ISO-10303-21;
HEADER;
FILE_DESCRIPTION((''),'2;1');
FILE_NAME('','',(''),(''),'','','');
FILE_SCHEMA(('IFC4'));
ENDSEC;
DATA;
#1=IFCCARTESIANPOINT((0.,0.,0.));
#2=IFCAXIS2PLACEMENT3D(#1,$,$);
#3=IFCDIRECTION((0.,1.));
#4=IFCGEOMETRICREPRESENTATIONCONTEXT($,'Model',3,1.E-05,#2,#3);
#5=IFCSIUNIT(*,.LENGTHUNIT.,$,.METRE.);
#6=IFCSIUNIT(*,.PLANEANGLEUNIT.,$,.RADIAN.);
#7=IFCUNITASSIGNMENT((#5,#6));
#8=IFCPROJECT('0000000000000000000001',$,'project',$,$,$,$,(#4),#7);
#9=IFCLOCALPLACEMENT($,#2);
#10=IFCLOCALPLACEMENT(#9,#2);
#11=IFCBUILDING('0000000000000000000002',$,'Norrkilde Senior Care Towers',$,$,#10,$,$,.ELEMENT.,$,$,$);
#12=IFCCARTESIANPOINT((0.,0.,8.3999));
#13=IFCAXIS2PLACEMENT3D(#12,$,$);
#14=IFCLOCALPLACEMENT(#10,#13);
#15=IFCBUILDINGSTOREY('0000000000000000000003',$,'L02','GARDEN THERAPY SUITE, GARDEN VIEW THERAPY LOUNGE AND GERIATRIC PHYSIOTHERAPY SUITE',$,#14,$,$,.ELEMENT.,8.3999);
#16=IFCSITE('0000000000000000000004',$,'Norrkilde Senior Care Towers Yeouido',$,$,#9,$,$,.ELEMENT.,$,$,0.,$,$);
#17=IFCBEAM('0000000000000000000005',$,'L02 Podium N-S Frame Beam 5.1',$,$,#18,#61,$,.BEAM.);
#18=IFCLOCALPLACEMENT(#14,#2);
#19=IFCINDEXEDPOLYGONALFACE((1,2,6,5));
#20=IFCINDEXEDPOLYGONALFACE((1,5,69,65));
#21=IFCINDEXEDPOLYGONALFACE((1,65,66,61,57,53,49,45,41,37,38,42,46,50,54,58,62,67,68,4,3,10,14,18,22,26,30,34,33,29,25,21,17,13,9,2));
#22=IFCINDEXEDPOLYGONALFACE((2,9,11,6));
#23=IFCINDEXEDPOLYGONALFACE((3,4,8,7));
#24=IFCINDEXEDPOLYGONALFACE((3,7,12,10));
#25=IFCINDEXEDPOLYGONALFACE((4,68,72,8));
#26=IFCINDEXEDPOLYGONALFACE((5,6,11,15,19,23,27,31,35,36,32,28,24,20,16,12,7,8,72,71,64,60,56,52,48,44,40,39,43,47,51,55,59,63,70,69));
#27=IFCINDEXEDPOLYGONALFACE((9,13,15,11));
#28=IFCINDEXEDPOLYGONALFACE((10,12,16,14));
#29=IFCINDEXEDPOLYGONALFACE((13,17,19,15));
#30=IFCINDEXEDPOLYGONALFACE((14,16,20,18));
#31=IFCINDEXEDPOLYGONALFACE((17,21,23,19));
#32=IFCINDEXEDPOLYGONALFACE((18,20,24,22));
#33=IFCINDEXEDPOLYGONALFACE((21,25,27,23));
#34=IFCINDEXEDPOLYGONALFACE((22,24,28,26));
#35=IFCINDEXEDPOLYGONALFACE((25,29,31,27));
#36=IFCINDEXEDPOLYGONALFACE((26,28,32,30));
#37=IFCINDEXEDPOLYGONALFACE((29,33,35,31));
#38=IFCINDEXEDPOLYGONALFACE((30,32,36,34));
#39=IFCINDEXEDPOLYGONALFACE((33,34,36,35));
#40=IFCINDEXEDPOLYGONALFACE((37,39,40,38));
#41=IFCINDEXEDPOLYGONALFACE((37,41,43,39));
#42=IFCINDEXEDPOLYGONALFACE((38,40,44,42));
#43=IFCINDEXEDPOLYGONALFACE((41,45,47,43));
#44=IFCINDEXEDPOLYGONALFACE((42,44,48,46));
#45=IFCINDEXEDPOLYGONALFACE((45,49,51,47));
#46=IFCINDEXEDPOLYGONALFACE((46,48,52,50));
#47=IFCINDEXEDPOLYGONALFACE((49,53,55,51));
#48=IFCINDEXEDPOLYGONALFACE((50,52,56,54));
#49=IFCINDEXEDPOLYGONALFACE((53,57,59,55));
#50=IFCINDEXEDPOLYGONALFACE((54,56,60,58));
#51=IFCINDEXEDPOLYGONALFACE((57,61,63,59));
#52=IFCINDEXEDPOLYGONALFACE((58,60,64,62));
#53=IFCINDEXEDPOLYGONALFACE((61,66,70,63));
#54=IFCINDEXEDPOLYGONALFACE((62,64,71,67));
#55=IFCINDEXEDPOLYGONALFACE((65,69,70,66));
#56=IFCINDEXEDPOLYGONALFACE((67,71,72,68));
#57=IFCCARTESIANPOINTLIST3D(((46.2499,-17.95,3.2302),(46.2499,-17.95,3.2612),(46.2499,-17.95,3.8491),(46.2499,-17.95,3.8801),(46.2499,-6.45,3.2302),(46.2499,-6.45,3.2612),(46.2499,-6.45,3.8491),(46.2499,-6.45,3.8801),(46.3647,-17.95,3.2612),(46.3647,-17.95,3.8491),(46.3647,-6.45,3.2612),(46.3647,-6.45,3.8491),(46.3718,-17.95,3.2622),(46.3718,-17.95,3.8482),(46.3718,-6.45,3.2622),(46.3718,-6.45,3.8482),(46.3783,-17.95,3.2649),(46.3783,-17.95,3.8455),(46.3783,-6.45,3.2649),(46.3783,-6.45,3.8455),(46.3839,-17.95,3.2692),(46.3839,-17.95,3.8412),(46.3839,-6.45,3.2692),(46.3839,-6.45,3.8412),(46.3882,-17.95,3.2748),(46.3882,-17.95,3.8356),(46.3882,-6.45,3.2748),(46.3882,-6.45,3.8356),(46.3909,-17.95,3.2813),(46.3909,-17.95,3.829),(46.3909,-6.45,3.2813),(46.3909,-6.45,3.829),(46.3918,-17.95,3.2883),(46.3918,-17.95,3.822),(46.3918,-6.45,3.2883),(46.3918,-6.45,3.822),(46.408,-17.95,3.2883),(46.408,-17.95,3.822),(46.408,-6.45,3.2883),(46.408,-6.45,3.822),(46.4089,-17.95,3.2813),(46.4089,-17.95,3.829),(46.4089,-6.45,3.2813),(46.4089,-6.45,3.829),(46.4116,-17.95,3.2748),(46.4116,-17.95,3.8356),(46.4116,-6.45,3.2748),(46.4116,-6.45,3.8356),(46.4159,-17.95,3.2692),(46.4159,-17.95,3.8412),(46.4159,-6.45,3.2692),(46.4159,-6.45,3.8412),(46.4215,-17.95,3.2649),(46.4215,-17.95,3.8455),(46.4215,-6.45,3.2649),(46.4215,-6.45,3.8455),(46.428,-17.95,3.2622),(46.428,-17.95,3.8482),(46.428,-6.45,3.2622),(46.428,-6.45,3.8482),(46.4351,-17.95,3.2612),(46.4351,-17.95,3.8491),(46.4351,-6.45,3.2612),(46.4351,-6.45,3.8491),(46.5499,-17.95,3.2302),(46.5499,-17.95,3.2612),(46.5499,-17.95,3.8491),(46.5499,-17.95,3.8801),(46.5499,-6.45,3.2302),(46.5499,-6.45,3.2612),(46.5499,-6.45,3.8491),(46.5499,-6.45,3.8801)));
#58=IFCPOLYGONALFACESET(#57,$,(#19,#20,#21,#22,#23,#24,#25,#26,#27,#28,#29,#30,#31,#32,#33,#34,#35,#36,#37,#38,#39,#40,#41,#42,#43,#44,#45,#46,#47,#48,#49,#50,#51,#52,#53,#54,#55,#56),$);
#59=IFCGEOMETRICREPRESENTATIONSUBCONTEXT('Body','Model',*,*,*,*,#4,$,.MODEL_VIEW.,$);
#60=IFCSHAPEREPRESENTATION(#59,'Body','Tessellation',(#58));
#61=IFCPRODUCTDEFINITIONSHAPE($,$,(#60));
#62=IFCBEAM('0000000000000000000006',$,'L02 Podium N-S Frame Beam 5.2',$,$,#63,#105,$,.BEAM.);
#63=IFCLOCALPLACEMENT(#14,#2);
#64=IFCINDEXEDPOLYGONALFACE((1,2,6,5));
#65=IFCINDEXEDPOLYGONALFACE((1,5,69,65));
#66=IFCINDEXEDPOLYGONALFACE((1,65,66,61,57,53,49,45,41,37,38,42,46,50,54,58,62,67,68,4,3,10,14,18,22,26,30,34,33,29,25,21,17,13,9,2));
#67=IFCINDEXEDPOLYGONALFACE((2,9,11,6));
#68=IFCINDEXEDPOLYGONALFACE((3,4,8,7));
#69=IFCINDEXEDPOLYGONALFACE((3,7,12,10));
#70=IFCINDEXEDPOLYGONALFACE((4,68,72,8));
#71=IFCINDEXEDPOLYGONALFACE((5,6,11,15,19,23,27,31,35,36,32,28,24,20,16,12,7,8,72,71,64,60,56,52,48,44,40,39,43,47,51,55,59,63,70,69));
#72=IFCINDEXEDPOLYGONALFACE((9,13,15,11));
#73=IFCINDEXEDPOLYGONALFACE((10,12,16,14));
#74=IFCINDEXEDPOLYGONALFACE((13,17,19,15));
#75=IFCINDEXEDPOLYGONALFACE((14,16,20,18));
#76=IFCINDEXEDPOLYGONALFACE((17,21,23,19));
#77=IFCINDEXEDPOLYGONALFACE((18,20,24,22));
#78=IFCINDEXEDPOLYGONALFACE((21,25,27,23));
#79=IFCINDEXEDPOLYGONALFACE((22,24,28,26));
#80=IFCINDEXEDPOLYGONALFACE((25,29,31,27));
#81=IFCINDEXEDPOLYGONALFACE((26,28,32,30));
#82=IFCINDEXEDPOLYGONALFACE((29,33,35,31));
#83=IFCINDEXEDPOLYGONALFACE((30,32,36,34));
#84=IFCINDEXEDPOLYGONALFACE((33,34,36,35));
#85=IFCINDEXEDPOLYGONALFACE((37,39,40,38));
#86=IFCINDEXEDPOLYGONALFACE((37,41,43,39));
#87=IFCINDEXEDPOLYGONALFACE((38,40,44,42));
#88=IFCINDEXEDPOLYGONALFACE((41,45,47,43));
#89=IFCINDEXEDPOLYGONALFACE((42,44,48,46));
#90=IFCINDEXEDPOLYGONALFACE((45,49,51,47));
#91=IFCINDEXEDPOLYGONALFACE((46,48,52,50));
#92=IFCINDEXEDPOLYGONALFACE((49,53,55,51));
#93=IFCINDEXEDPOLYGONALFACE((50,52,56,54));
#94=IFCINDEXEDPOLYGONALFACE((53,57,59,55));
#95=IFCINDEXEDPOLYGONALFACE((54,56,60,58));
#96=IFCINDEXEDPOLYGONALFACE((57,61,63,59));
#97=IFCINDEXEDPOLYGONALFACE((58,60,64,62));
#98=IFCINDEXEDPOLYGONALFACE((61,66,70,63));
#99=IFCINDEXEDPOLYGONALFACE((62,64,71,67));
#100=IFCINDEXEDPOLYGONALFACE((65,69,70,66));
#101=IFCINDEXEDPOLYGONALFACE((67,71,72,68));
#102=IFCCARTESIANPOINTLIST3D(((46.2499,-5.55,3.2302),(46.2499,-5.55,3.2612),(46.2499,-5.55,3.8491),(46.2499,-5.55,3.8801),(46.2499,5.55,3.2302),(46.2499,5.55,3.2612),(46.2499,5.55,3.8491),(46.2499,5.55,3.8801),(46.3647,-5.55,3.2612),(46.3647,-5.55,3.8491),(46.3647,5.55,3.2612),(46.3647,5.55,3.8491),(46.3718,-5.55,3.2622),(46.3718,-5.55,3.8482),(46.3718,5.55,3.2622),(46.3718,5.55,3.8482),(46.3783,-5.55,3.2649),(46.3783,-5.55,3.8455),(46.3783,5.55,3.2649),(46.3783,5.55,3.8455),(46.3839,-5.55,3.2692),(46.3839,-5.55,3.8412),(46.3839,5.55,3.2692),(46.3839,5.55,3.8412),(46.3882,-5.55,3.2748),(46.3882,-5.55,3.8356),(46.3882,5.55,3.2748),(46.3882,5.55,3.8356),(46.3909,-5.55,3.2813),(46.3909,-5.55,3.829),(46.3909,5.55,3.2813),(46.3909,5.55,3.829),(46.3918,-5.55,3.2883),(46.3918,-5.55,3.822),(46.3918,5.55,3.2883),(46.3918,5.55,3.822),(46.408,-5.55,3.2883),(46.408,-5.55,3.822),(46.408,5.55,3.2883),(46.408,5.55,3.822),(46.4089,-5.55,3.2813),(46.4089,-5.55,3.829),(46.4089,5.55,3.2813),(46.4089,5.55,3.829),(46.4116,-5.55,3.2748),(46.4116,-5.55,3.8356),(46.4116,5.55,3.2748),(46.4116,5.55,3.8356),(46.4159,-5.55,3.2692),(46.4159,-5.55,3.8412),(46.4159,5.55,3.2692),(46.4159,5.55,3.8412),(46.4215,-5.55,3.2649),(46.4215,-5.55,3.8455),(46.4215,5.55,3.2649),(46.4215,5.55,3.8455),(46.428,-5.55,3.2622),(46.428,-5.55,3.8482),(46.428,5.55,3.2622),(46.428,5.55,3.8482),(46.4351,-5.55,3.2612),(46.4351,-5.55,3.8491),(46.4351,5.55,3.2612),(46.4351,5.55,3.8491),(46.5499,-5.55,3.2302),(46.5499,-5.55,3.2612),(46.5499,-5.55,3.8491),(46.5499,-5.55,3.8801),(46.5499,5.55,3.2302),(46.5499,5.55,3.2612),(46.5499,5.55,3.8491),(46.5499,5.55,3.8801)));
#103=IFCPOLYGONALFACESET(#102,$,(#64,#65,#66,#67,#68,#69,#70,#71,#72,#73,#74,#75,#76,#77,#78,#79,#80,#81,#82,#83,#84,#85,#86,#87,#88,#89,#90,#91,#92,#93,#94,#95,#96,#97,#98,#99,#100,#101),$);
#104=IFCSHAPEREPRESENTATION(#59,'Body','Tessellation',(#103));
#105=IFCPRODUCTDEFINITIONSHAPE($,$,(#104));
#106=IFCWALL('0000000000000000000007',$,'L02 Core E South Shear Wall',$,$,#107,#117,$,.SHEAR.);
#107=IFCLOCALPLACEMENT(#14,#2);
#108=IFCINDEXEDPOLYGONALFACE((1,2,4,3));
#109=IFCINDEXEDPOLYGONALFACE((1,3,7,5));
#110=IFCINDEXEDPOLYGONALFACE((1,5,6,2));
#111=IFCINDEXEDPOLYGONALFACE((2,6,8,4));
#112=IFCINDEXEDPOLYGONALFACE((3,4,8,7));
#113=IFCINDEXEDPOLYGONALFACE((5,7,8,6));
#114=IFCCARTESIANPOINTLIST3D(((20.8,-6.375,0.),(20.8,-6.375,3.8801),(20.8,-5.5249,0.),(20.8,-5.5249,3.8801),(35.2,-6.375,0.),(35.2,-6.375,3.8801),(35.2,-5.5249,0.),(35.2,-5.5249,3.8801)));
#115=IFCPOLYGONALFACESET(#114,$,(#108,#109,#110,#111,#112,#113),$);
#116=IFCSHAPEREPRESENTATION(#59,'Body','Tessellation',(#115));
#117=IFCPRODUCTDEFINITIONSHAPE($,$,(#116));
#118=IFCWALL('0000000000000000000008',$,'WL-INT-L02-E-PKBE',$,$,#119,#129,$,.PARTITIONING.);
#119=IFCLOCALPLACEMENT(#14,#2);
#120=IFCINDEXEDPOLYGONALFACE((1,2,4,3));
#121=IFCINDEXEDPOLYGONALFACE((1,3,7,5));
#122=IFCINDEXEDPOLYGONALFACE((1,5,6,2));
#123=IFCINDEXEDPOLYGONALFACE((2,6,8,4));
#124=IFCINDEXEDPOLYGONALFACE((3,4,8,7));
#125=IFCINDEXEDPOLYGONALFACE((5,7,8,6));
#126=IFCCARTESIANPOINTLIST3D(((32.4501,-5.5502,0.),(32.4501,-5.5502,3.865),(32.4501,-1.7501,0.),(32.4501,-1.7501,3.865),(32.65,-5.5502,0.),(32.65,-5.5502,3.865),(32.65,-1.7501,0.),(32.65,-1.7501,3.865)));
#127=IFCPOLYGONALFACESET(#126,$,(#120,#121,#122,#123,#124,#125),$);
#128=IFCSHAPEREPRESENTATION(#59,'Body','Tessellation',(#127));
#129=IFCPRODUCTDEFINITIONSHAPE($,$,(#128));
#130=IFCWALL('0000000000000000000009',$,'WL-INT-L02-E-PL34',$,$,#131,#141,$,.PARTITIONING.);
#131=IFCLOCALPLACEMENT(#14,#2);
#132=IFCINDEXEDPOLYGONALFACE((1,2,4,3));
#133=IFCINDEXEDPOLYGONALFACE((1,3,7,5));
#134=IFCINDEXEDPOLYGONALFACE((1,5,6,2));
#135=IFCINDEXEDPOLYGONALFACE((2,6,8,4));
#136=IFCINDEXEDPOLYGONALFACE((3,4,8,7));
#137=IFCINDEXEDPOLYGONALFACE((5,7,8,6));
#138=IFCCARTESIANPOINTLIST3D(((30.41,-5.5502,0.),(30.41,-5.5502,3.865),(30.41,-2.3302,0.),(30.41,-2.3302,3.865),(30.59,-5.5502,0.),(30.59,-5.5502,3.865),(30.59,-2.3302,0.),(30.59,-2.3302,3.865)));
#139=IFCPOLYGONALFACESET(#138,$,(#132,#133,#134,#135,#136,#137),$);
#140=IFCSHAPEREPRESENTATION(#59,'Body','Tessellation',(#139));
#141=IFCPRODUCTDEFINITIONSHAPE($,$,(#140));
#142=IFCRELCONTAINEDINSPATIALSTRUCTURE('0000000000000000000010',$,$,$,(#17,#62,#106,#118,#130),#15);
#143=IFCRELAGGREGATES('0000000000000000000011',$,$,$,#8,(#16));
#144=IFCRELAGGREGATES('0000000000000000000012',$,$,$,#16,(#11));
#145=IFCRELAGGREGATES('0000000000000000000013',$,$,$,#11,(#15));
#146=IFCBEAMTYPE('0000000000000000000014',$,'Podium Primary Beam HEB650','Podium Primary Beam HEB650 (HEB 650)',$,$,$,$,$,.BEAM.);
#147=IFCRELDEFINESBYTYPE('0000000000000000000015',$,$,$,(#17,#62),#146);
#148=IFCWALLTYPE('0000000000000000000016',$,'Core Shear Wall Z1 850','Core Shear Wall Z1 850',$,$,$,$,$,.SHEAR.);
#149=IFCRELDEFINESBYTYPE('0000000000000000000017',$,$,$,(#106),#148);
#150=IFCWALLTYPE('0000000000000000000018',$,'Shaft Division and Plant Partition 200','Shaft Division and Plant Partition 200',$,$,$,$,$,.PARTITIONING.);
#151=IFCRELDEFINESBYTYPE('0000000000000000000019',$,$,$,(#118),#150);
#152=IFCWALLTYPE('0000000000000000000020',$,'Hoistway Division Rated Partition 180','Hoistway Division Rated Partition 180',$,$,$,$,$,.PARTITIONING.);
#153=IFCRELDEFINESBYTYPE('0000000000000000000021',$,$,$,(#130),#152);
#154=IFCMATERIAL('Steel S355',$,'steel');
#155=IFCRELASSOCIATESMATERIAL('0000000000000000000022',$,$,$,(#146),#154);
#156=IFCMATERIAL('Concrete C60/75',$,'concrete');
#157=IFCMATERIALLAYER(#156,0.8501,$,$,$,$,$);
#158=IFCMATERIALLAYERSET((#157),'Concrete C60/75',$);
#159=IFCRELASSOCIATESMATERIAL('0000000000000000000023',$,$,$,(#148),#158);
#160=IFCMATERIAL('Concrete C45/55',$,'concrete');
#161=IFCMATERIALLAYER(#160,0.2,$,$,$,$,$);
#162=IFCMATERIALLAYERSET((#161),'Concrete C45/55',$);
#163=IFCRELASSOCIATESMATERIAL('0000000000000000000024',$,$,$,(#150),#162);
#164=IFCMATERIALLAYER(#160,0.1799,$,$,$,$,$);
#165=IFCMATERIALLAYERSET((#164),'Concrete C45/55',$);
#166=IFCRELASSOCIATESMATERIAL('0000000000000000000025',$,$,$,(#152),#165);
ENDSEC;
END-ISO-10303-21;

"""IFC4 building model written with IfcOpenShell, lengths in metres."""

from ifc_helpers import new_model, si_unit, direction, frame, frame_2d, origin, origin_2d, place, context, subcontext, project, spatial, rectangle, i_section, extrude, source, transform, mapped, material, layer, layer_set, material_profile, profile_set, type_object, type_shapes, element, save


model = new_model("IFC4")

# Units and contexts
model_context = context("Model", 3, precision=1e-05, world=origin(), true_north=direction((0.0, 1.0)))
body_context = subcontext(model_context, "Body", "Model", "MODEL_VIEW")
ifc_project = project(units=[si_unit("LENGTHUNIT", "METRE"), si_unit("PLANEANGLEUNIT", "RADIAN")], contexts=[model_context])

# Site, building, storey
site_placement = place(None, origin())
site = spatial("IfcSite", under=ifc_project, at=site_placement, Name="Norrkilde Senior Care Towers Yeouido", CompositionType="ELEMENT", RefElevation=0.0)
building_placement = place(site_placement, origin())
building = spatial("IfcBuilding", under=site, at=building_placement, Name="Norrkilde Senior Care Towers", CompositionType="ELEMENT")
storey_placement = place(building_placement, frame((0.0, 0.0, 8.3999)))
storey = spatial("IfcBuildingStorey", under=building, at=storey_placement, Name="L02", Description="GARDEN THERAPY SUITE, GARDEN VIEW THERAPY LOUNGE AND GERIATRIC PHYSIOTHERAPY SUITE", CompositionType="ELEMENT", Elevation=8.3999)

# Shared definitions
ifc_material_1 = material(Name="Concrete C60/75", Category="concrete")

# Beams
ifc_material_2 = material(Name="Steel S355", Category="steel")
ifc_material_profile_1 = material_profile(ifc_material_2, i_section(OverallWidth=0.3, OverallDepth=0.6499, WebThickness=0.0161, FlangeThickness=0.031, FilletRadius=0.0271, at=origin_2d()), Name="HEB 650")
ifc_profile_set_1 = profile_set([ifc_material_profile_1], Name="Steel S355")
beam_type_1 = type_object("IfcBeamType", Name="Podium Primary Beam HEB650", Description="Podium Primary Beam HEB650 (HEB 650)", PredefinedType="BEAM", material=ifc_profile_set_1)
shared_shape_1 = source(origin(), body_context, "Body", "SweptSolid", [
    extrude(i_section(OverallWidth=0.3, OverallDepth=0.6499, WebThickness=0.0161, FlangeThickness=0.031, FilletRadius=0.0271, at=origin_2d()), origin(), (0.0, 0.0, 1.0), 11.5),
])
beam_1_placement = place(storey_placement, frame((46.3999, -17.95, 3.5552), z_axis=(0.0, 1.0, 0.0), x_axis=(-1.0, 0.0, 0.0)))
element("IfcBeam", 1, at=beam_1_placement, inside=storey, type_object=beam_type_1, Name="L02 Podium N-S Frame Beam 5.1", PredefinedType="BEAM", context=body_context, shape_type="MappedRepresentation", body=[
    mapped(shared_shape_1, transform((0.0, 0.0, 0.0), x_axis=(1.0, 0.0, 0.0), y_axis=(0.0, 1.0, 0.0), z_axis=(0.0, 0.0, 1.0), scale=1.0)),
])
shared_shape_2 = source(origin(), body_context, "Body", "SweptSolid", [
    extrude(i_section(OverallWidth=0.3, OverallDepth=0.6499, WebThickness=0.0161, FlangeThickness=0.031, FilletRadius=0.0271, at=origin_2d()), origin(), (0.0, 0.0, 1.0), 11.1001),
])
beam_2_placement = place(storey_placement, frame((46.3999, -5.55, 3.5552), z_axis=(0.0, 1.0, 0.0), x_axis=(-1.0, 0.0, 0.0)))
element("IfcBeam", 2, at=beam_2_placement, inside=storey, type_object=beam_type_1, Name="L02 Podium N-S Frame Beam 5.2", PredefinedType="BEAM", context=body_context, shape_type="MappedRepresentation", body=[
    mapped(shared_shape_2, transform((0.0, 0.0, 0.0), x_axis=(1.0, 0.0, 0.0), y_axis=(0.0, 1.0, 0.0), z_axis=(0.0, 0.0, 1.0), scale=1.0)),
])

# Wall
ifc_layer_1 = layer(ifc_material_1, 0.8501)
ifc_layer_set_1 = layer_set([ifc_layer_1], Name="Concrete C60/75")
wall_type_1 = type_object("IfcWallType", Name="Core Shear Wall Z1 850", Description="Core Shear Wall Z1 850", PredefinedType="SHEAR", material=ifc_layer_set_1)
shared_shape_3 = source(origin(), body_context, "Body", "SweptSolid", [
    extrude(rectangle(XDim=14.3999, YDim=0.8501, at=frame_2d((7.2, 0.0))), origin(), (0.0, 0.0, 1.0), 3.8801),
])
type_shapes(wall_type_1, [shared_shape_3])
wall_1_placement = place(storey_placement, frame((35.2, -5.95, 0.0), z_axis=(0.0, 0.0, 1.0), x_axis=(-1.0, 0.0, 0.0)))
element("IfcWall", 3, at=wall_1_placement, inside=storey, type_object=wall_type_1, Name="L02 Core E South Shear Wall", PredefinedType="SHEAR", context=body_context, shape_type="MappedRepresentation", body=[
    mapped(shared_shape_3, transform((0.0, 0.0, 0.0), x_axis=(1.0, 0.0, 0.0), y_axis=(0.0, 1.0, 0.0), z_axis=(0.0, 0.0, 1.0), scale=1.0)),
])

# Walls
ifc_material_3 = material(Name="Concrete C45/55", Category="concrete")
ifc_layer_2 = layer(ifc_material_3, 0.2)
ifc_layer_set_2 = layer_set([ifc_layer_2], Name="Concrete C45/55")
wall_type_2 = type_object("IfcWallType", Name="Shaft Division and Plant Partition 200", Description="Shaft Division and Plant Partition 200", PredefinedType="PARTITIONING", material=ifc_layer_set_2)
shared_shape_4 = source(origin(), body_context, "Body", "SweptSolid", [
    extrude(rectangle(XDim=3.8, YDim=0.2, at=frame_2d((1.8999, 0.0))), origin(), (0.0, 0.0, 1.0), 3.865),
])
type_shapes(wall_type_2, [shared_shape_4])
wall_2_placement = place(storey_placement, frame((32.55, -5.55, 0.0), z_axis=(0.0, 0.0, 1.0), x_axis=(0.0, 1.0, 0.0)))
element("IfcWall", 4, at=wall_2_placement, inside=storey, type_object=wall_type_2, Name="WL-INT-L02-E-PKBE", PredefinedType="PARTITIONING", context=body_context, shape_type="MappedRepresentation", body=[
    mapped(shared_shape_4, transform((0.0, 0.0, 0.0), x_axis=(1.0, 0.0, 0.0), y_axis=(0.0, 1.0, 0.0), z_axis=(0.0, 0.0, 1.0), scale=1.0)),
])
ifc_layer_3 = layer(ifc_material_3, 0.1799)
ifc_layer_set_3 = layer_set([ifc_layer_3], Name="Concrete C45/55")
wall_type_3 = type_object("IfcWallType", Name="Hoistway Division Rated Partition 180", Description="Hoistway Division Rated Partition 180", PredefinedType="PARTITIONING", material=ifc_layer_set_3)
shared_shape_5 = source(origin(), body_context, "Body", "SweptSolid", [
    extrude(rectangle(XDim=3.22, YDim=0.1799, at=frame_2d((1.6099, 0.0))), origin(), (0.0, 0.0, 1.0), 3.865),
])
type_shapes(wall_type_3, [shared_shape_5])
wall_3_placement = place(storey_placement, frame((30.5, -5.55, 0.0), z_axis=(0.0, 0.0, 1.0), x_axis=(0.0, 1.0, 0.0)))
element("IfcWall", 5, at=wall_3_placement, inside=storey, type_object=wall_type_3, Name="WL-INT-L02-E-PL34", PredefinedType="PARTITIONING", context=body_context, shape_type="MappedRepresentation", body=[
    mapped(shared_shape_5, transform((0.0, 0.0, 0.0), x_axis=(1.0, 0.0, 0.0), y_axis=(0.0, 1.0, 0.0), z_axis=(0.0, 0.0, 1.0), scale=1.0)),
])

save(model, "model.ifc")
